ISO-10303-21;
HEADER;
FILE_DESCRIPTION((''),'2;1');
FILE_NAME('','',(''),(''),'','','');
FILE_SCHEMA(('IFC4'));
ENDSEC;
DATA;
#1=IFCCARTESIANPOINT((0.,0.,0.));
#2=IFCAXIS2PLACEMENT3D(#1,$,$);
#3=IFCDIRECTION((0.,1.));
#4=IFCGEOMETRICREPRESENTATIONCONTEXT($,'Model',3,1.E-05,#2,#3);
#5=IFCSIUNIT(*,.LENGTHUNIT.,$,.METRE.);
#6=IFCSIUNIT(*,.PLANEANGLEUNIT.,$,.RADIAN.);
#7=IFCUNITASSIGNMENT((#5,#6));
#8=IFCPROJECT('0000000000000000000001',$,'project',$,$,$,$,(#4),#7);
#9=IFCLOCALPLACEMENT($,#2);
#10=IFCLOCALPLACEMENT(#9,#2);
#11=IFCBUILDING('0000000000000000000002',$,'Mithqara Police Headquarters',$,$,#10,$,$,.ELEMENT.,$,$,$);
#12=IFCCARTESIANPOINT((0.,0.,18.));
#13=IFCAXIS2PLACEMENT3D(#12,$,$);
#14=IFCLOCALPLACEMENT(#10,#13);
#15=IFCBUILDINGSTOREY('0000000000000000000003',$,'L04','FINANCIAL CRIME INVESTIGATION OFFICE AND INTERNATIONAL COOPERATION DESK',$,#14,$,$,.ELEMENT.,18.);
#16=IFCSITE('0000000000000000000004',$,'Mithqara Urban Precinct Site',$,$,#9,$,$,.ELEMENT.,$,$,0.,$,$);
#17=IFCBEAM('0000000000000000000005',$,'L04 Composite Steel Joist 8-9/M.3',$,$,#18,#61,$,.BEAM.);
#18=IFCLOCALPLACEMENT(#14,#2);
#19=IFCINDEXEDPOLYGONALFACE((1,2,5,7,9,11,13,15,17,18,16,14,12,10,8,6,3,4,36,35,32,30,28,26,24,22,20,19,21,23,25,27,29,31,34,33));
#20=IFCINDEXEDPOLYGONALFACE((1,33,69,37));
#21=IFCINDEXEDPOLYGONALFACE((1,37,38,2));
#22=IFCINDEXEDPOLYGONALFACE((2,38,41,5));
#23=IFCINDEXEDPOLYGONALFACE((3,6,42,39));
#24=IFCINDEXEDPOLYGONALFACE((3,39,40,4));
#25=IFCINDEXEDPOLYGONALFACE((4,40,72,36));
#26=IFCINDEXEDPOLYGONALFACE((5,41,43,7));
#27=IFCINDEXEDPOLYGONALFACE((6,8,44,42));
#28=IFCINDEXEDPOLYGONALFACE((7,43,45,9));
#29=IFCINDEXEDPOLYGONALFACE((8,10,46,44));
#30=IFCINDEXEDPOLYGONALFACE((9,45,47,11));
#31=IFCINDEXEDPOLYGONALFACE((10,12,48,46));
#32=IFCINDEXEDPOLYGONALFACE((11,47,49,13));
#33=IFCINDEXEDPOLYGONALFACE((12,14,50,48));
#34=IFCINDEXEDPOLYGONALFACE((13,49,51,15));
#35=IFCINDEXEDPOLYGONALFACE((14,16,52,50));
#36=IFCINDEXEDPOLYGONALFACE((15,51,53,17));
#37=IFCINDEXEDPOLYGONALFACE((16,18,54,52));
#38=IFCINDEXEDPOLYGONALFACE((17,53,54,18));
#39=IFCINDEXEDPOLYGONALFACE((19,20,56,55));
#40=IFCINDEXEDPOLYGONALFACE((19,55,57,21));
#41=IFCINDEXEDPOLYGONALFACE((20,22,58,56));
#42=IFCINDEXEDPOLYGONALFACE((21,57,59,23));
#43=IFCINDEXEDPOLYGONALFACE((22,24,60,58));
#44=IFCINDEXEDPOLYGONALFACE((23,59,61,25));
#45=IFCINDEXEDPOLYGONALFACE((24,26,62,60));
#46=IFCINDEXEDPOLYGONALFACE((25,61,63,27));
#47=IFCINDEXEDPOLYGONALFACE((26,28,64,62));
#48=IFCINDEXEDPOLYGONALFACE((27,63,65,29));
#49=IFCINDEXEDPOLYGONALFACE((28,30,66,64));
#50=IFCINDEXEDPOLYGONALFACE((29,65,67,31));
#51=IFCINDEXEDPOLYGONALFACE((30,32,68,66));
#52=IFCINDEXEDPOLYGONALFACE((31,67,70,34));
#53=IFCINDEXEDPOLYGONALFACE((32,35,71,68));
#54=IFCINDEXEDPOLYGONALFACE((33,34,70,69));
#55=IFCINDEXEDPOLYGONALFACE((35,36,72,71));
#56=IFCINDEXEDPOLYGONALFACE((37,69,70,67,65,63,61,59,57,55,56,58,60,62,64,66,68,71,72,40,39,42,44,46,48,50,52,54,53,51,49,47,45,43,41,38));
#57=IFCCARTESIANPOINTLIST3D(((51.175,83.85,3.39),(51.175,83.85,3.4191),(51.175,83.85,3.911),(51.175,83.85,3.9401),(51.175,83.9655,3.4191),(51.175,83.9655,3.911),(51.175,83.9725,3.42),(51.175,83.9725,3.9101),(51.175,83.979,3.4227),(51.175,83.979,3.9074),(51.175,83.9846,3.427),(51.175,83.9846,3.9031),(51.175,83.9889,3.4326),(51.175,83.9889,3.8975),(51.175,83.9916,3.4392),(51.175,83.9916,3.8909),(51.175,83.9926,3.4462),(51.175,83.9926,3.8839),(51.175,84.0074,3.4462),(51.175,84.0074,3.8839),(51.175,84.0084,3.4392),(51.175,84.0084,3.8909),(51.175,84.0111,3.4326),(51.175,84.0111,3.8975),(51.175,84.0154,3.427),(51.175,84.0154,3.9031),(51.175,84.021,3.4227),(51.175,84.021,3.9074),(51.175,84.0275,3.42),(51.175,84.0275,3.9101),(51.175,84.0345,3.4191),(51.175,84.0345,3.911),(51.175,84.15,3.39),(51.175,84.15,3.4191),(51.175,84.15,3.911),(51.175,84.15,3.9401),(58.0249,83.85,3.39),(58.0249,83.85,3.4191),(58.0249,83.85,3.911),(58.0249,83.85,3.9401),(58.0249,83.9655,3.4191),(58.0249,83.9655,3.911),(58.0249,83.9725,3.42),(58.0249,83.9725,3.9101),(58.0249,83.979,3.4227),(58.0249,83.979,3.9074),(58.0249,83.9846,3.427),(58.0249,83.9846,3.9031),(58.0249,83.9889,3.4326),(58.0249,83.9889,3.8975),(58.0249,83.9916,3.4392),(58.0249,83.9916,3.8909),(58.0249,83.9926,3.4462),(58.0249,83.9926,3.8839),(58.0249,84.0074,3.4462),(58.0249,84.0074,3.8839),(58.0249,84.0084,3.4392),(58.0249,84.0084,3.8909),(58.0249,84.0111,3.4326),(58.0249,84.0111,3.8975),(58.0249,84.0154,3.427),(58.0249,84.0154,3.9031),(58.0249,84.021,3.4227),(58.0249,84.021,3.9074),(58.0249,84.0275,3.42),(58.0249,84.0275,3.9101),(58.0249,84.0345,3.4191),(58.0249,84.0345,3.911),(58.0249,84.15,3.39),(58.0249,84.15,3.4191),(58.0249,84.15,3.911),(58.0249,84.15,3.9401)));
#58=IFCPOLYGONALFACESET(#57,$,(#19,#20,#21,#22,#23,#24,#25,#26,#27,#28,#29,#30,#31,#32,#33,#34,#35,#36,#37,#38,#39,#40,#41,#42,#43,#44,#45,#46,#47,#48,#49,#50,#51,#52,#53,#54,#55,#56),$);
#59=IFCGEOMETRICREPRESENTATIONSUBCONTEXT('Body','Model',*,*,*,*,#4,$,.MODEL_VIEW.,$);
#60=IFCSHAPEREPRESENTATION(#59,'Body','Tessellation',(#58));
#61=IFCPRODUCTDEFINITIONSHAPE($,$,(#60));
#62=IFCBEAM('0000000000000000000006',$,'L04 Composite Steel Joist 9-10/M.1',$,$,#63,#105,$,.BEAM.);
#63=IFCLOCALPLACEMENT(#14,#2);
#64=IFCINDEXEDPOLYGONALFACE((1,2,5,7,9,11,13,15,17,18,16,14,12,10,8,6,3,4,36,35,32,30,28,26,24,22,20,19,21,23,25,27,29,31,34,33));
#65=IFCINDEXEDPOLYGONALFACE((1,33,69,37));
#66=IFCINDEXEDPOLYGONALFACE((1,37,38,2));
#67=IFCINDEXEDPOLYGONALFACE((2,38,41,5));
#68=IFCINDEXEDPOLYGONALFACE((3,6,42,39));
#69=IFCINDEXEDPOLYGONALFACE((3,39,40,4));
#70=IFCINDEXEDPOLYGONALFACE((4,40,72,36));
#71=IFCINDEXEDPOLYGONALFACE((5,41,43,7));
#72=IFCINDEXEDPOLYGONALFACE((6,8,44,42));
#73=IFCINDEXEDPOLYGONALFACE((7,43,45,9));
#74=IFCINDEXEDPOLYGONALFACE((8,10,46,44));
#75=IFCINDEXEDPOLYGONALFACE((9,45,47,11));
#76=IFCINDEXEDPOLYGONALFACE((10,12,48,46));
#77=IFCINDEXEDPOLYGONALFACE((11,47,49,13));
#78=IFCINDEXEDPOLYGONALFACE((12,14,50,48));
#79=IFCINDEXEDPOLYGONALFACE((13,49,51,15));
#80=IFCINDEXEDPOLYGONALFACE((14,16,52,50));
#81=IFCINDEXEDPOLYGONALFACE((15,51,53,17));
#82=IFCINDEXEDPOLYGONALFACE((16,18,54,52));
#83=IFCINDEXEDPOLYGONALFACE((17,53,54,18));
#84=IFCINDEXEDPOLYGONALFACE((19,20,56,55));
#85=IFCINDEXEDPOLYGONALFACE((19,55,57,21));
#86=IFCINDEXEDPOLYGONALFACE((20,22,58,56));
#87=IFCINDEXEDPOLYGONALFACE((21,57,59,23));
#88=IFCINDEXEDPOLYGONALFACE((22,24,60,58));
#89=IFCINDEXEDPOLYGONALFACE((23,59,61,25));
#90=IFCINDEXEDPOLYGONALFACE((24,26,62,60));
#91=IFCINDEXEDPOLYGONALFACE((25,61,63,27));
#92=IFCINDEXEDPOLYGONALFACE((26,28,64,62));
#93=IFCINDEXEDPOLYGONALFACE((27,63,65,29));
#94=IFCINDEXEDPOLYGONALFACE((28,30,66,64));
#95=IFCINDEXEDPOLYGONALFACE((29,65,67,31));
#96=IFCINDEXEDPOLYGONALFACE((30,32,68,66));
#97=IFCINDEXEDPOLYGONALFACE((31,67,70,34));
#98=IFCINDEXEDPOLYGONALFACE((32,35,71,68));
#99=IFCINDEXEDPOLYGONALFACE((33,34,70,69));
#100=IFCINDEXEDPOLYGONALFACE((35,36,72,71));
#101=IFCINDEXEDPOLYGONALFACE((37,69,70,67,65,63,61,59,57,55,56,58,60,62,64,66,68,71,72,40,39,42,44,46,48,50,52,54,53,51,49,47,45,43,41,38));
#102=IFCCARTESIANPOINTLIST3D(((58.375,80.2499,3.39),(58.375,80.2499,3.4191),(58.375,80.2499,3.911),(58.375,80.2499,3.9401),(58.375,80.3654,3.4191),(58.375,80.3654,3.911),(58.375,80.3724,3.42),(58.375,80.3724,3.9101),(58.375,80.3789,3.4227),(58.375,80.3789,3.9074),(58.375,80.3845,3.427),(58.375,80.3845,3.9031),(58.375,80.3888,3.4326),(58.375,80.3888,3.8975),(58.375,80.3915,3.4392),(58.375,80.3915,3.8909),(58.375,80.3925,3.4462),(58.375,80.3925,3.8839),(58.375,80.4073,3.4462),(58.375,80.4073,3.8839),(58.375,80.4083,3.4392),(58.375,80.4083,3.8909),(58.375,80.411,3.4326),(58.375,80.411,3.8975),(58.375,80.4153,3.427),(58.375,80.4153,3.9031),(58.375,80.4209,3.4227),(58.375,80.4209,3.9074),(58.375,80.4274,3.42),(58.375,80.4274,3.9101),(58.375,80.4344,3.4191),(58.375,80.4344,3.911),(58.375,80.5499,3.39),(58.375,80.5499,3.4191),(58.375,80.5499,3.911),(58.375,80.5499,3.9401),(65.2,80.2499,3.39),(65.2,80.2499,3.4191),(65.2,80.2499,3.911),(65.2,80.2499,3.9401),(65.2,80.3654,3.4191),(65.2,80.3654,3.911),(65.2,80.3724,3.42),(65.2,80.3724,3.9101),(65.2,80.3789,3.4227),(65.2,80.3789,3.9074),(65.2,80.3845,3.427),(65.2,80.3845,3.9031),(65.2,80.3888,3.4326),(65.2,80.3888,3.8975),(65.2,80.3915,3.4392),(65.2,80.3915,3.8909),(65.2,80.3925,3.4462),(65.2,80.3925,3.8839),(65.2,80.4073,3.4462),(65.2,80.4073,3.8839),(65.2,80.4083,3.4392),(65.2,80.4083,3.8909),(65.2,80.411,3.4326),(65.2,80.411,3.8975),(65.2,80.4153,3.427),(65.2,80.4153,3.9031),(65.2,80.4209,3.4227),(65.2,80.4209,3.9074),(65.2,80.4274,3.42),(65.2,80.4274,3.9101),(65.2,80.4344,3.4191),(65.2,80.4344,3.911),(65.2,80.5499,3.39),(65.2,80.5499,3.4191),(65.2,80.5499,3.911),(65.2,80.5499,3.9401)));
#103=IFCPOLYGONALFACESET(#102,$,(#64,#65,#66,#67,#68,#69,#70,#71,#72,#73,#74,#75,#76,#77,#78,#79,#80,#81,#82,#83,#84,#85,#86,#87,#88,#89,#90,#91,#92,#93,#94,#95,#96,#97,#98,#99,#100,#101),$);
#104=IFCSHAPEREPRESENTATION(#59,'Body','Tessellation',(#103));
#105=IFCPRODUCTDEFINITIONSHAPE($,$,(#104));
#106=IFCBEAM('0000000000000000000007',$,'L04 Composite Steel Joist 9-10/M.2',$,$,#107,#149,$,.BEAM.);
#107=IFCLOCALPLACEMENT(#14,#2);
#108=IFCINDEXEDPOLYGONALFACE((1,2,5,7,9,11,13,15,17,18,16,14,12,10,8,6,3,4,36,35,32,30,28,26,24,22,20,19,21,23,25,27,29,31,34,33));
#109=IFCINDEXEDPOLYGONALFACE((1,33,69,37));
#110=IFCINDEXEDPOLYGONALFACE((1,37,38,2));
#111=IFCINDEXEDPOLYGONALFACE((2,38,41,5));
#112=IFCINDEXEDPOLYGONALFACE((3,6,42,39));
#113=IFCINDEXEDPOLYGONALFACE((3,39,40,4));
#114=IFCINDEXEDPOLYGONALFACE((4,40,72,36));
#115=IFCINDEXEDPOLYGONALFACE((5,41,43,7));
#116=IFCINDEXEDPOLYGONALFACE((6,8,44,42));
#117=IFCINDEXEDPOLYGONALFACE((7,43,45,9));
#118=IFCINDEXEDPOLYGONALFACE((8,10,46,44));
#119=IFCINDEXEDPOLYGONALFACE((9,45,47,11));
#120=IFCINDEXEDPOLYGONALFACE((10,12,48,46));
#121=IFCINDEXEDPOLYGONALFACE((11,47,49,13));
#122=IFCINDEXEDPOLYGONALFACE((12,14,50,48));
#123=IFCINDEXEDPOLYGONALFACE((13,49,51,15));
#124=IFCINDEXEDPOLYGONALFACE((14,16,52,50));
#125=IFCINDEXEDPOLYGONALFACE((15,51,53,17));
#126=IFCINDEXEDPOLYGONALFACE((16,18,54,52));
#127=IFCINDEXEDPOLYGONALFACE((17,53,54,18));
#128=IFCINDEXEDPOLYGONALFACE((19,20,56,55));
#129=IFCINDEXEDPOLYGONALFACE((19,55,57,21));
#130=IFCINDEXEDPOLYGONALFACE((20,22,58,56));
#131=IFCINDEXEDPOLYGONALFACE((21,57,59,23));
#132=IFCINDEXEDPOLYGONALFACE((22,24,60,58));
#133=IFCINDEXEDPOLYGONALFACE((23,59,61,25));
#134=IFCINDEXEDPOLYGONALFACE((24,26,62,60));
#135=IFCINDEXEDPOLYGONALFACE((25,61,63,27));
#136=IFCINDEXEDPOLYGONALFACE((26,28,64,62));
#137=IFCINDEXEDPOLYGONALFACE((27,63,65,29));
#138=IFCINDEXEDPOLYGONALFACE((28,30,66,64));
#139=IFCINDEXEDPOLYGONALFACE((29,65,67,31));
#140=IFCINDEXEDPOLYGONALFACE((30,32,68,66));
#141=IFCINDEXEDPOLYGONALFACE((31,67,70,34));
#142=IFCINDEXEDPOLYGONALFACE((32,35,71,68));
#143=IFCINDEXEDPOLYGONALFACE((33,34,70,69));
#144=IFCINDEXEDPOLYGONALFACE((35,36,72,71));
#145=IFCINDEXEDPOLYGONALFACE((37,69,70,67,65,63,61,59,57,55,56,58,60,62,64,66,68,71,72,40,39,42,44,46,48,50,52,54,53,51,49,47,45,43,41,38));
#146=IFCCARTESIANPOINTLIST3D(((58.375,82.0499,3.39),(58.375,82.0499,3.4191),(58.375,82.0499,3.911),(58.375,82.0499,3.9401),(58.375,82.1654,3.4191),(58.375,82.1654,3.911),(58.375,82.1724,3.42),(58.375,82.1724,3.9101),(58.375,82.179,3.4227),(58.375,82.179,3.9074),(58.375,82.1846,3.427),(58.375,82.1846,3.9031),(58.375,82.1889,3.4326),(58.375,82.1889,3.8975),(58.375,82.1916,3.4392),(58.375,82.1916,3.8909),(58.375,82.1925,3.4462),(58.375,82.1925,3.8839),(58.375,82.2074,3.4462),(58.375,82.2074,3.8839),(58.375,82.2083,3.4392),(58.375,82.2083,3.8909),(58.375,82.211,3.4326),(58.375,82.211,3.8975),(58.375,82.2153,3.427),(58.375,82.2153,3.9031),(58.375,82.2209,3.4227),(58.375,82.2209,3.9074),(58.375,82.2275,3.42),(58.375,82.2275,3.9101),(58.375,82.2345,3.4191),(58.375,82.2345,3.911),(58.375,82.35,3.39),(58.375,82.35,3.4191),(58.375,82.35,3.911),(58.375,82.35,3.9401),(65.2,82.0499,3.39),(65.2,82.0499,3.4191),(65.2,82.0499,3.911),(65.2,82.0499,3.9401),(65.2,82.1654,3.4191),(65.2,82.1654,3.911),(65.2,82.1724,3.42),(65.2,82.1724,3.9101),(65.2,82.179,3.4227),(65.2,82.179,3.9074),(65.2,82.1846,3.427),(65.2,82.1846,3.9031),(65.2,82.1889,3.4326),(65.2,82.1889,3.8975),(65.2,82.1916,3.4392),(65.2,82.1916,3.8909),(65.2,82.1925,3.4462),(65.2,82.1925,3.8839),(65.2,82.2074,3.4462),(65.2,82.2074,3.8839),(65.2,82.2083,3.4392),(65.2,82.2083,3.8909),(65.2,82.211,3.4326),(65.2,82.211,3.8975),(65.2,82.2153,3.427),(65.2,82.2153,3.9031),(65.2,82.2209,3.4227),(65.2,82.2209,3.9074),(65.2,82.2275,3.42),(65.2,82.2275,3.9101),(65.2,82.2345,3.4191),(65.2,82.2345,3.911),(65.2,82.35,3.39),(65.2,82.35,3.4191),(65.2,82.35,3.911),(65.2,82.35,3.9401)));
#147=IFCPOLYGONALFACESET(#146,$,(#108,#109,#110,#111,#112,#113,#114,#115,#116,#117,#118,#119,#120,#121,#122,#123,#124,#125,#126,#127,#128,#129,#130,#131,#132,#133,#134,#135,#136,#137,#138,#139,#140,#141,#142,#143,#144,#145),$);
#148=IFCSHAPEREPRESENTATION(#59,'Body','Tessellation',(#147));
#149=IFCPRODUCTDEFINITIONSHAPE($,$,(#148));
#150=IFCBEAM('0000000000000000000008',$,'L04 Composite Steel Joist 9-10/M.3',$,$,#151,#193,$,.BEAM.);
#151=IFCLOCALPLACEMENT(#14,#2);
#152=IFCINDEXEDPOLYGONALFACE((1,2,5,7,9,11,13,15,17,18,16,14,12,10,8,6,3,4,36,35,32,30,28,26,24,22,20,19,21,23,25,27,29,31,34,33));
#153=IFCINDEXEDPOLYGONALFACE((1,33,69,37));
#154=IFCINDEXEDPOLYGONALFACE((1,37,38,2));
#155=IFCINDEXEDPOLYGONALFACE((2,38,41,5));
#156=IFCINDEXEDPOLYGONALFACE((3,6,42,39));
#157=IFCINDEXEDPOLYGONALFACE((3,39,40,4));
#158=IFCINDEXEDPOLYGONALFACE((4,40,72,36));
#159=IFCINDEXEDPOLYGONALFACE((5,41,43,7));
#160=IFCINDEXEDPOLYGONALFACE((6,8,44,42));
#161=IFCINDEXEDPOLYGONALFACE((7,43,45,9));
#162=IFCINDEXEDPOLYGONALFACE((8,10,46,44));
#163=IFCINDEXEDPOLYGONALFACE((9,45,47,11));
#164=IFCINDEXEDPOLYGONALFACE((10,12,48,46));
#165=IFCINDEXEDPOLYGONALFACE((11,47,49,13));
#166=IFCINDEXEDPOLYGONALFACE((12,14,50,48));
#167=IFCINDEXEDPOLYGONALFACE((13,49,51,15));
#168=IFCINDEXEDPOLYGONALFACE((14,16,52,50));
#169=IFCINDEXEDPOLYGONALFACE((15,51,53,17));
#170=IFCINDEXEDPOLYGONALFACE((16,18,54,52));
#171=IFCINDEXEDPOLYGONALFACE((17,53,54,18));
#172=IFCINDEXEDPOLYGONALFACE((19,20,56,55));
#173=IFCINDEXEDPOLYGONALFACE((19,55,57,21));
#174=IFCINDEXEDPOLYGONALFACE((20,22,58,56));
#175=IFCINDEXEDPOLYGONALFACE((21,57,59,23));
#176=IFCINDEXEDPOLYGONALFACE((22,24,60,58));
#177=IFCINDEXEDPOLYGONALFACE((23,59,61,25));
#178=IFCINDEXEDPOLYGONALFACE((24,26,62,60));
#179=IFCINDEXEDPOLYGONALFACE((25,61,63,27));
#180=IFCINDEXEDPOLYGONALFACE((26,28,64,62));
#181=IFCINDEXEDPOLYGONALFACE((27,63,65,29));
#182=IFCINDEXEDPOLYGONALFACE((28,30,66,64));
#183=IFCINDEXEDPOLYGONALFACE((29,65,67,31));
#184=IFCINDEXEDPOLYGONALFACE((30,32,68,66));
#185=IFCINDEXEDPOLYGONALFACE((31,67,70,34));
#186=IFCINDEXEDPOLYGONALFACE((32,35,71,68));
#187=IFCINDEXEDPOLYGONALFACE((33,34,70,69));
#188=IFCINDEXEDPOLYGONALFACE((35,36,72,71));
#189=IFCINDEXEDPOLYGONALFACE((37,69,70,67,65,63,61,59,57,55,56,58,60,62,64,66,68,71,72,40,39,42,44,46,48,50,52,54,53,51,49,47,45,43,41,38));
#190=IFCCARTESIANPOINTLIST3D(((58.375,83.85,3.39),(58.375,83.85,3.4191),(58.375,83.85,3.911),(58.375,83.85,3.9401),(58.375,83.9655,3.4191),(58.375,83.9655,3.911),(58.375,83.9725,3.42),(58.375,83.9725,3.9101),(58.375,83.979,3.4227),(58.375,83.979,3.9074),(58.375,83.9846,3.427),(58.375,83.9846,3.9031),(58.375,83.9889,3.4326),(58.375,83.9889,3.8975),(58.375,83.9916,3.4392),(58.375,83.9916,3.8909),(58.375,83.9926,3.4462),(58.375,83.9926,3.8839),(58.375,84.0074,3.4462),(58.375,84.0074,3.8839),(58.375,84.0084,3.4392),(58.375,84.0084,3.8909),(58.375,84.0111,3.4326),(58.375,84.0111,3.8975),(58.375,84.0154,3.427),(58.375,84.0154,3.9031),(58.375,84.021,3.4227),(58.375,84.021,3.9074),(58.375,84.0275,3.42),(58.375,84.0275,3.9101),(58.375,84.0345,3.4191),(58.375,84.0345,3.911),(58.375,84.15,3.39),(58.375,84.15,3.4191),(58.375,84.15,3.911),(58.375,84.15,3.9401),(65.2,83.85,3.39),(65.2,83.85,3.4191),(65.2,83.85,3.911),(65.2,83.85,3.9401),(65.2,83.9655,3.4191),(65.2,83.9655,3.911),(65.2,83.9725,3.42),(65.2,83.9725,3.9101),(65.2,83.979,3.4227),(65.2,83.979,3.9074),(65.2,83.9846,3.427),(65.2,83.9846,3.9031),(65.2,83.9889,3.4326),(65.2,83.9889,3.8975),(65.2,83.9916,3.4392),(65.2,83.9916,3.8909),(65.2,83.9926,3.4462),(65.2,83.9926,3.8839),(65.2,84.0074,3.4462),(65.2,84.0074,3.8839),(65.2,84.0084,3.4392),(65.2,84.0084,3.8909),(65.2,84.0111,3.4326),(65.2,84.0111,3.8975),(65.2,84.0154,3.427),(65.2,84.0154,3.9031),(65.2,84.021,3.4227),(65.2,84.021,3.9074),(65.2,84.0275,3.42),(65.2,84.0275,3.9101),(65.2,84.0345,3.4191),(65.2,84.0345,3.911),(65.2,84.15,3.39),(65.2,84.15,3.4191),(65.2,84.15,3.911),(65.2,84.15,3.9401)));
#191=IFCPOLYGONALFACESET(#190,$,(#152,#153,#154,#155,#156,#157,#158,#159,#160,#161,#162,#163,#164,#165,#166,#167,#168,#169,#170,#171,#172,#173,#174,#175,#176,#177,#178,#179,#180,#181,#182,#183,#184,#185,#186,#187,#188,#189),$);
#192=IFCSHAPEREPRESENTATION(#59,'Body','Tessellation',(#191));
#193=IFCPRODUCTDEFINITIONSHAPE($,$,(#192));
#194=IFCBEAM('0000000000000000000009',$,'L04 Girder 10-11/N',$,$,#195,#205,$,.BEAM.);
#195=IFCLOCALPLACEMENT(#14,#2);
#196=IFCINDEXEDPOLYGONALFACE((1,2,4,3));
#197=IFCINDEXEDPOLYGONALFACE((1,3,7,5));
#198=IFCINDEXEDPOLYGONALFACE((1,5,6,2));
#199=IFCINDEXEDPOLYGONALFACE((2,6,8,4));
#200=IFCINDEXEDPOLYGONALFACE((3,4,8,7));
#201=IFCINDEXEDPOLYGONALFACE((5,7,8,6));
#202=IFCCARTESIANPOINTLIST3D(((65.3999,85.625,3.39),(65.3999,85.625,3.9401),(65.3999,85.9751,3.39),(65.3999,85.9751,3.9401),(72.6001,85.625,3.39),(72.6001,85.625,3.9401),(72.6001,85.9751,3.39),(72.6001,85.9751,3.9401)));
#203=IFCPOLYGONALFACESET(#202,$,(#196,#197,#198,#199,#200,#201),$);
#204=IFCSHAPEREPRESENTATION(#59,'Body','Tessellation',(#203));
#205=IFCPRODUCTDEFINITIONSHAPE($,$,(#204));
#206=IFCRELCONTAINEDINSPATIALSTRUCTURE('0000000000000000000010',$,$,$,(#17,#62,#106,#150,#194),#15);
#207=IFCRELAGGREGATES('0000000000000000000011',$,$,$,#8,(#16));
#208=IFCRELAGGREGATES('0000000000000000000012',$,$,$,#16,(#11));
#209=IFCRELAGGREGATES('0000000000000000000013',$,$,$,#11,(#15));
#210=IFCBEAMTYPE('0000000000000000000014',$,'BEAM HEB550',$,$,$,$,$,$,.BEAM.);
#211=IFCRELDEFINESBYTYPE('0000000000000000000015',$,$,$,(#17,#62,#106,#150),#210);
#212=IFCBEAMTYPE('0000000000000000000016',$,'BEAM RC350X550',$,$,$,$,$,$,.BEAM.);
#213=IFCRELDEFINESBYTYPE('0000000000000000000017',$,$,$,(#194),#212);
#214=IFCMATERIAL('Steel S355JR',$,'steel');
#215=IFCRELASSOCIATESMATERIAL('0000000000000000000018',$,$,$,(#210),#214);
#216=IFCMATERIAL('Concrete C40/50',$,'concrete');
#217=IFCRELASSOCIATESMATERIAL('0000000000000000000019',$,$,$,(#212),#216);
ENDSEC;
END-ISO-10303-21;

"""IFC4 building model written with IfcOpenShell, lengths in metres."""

from ifc_helpers import new_model, si_unit, direction, frame, origin, origin_2d, place, context, subcontext, project, spatial, rectangle, i_section, extrude, material, material_profile, profile_set, type_object, element, save


model = new_model("IFC4")

# Units and contexts
model_context = context("Model", 3, precision=1e-05, world=origin(), true_north=direction((0.0, 1.0)))
body_context = subcontext(model_context, "Body", "Model", "MODEL_VIEW")
ifc_project = project(units=[si_unit("LENGTHUNIT", "METRE"), si_unit("PLANEANGLEUNIT", "RADIAN")], contexts=[model_context])

# Site, building, storey
site_placement = place(None, origin())
site = spatial("IfcSite", under=ifc_project, at=site_placement, Name="Mithqara Urban Precinct Site", CompositionType="ELEMENT", RefElevation=0.0)
building_placement = place(site_placement, origin())
building = spatial("IfcBuilding", under=site, at=building_placement, Name="Mithqara Police Headquarters", CompositionType="ELEMENT")
storey_placement = place(building_placement, frame((0.0, 0.0, 18.0)))
storey = spatial("IfcBuildingStorey", under=building, at=storey_placement, Name="L04", Description="FINANCIAL CRIME INVESTIGATION OFFICE AND INTERNATIONAL COOPERATION DESK", CompositionType="ELEMENT", Elevation=18.0)

# Beams
ifc_material_1 = material(Name="Steel S355JR", Category="steel")
ifc_material_profile_1 = material_profile(ifc_material_1, i_section(OverallWidth=0.3, OverallDepth=0.55, WebThickness=0.0149, FlangeThickness=0.0291, FilletRadius=0.0271, at=origin_2d()), Name="HEB 550")
ifc_profile_set_1 = profile_set([ifc_material_profile_1], Name="Steel S355JR")
beam_type_1 = type_object("IfcBeamType", Name="BEAM HEB550", PredefinedType="BEAM", material=ifc_profile_set_1)
for number, where, z_axis, x_axis, name in (
    (1, (51.175, 84.0, 3.665), (1.0, 0.0, 0.0), (0.0, 1.0, 0.0), "L04 Composite Steel Joist 8-9/M.3"),
):
    element("IfcBeam", number, at=place(storey_placement, frame(where, z_axis=z_axis, x_axis=x_axis)), inside=storey, type_object=beam_type_1, Name=name, PredefinedType="BEAM", context=body_context, shape_type="SweptSolid", body=[
        extrude(i_section(OverallWidth=0.3, OverallDepth=0.55, WebThickness=0.0149, FlangeThickness=0.0291, FilletRadius=0.0271, at=origin_2d()), origin(), (0.0, 0.0, 1.0), 6.8499),
    ])
for number, where, z_axis, x_axis, name in (
    (2, (58.375, 80.3999, 3.665), (1.0, 0.0, 0.0), (0.0, 1.0, 0.0), "L04 Composite Steel Joist 9-10/M.1"),
    (3, (58.375, 82.2, 3.665), (1.0, 0.0, 0.0), (0.0, 1.0, 0.0), "L04 Composite Steel Joist 9-10/M.2"),
    (4, (58.375, 84.0, 3.665), (1.0, 0.0, 0.0), (0.0, 1.0, 0.0), "L04 Composite Steel Joist 9-10/M.3"),
):
    element("IfcBeam", number, at=place(storey_placement, frame(where, z_axis=z_axis, x_axis=x_axis)), inside=storey, type_object=beam_type_1, Name=name, PredefinedType="BEAM", context=body_context, shape_type="SweptSolid", body=[
        extrude(i_section(OverallWidth=0.3, OverallDepth=0.55, WebThickness=0.0149, FlangeThickness=0.0291, FilletRadius=0.0271, at=origin_2d()), origin(), (0.0, 0.0, 1.0), 6.825),
    ])
ifc_material_2 = material(Name="Concrete C40/50", Category="concrete")
ifc_material_profile_2 = material_profile(ifc_material_2, rectangle(XDim=0.3501, YDim=0.55, at=origin_2d()), Name="RC 350x550")
ifc_profile_set_2 = profile_set([ifc_material_profile_2], Name="Concrete C40/50")
beam_type_2 = type_object("IfcBeamType", Name="BEAM RC350X550", PredefinedType="BEAM", material=ifc_profile_set_2)
beam_1_placement = place(storey_placement, frame((65.3999, 85.8, 3.665), z_axis=(1.0, 0.0, 0.0), x_axis=(0.0, 1.0, 0.0)))
element("IfcBeam", 5, at=beam_1_placement, inside=storey, type_object=beam_type_2, Name="L04 Girder 10-11/N", PredefinedType="BEAM", context=body_context, shape_type="SweptSolid", body=[
    extrude(rectangle(XDim=0.3501, YDim=0.55, at=origin_2d()), origin(), (0.0, 0.0, 1.0), 7.2002),
])

save(model, "model.ifc")
